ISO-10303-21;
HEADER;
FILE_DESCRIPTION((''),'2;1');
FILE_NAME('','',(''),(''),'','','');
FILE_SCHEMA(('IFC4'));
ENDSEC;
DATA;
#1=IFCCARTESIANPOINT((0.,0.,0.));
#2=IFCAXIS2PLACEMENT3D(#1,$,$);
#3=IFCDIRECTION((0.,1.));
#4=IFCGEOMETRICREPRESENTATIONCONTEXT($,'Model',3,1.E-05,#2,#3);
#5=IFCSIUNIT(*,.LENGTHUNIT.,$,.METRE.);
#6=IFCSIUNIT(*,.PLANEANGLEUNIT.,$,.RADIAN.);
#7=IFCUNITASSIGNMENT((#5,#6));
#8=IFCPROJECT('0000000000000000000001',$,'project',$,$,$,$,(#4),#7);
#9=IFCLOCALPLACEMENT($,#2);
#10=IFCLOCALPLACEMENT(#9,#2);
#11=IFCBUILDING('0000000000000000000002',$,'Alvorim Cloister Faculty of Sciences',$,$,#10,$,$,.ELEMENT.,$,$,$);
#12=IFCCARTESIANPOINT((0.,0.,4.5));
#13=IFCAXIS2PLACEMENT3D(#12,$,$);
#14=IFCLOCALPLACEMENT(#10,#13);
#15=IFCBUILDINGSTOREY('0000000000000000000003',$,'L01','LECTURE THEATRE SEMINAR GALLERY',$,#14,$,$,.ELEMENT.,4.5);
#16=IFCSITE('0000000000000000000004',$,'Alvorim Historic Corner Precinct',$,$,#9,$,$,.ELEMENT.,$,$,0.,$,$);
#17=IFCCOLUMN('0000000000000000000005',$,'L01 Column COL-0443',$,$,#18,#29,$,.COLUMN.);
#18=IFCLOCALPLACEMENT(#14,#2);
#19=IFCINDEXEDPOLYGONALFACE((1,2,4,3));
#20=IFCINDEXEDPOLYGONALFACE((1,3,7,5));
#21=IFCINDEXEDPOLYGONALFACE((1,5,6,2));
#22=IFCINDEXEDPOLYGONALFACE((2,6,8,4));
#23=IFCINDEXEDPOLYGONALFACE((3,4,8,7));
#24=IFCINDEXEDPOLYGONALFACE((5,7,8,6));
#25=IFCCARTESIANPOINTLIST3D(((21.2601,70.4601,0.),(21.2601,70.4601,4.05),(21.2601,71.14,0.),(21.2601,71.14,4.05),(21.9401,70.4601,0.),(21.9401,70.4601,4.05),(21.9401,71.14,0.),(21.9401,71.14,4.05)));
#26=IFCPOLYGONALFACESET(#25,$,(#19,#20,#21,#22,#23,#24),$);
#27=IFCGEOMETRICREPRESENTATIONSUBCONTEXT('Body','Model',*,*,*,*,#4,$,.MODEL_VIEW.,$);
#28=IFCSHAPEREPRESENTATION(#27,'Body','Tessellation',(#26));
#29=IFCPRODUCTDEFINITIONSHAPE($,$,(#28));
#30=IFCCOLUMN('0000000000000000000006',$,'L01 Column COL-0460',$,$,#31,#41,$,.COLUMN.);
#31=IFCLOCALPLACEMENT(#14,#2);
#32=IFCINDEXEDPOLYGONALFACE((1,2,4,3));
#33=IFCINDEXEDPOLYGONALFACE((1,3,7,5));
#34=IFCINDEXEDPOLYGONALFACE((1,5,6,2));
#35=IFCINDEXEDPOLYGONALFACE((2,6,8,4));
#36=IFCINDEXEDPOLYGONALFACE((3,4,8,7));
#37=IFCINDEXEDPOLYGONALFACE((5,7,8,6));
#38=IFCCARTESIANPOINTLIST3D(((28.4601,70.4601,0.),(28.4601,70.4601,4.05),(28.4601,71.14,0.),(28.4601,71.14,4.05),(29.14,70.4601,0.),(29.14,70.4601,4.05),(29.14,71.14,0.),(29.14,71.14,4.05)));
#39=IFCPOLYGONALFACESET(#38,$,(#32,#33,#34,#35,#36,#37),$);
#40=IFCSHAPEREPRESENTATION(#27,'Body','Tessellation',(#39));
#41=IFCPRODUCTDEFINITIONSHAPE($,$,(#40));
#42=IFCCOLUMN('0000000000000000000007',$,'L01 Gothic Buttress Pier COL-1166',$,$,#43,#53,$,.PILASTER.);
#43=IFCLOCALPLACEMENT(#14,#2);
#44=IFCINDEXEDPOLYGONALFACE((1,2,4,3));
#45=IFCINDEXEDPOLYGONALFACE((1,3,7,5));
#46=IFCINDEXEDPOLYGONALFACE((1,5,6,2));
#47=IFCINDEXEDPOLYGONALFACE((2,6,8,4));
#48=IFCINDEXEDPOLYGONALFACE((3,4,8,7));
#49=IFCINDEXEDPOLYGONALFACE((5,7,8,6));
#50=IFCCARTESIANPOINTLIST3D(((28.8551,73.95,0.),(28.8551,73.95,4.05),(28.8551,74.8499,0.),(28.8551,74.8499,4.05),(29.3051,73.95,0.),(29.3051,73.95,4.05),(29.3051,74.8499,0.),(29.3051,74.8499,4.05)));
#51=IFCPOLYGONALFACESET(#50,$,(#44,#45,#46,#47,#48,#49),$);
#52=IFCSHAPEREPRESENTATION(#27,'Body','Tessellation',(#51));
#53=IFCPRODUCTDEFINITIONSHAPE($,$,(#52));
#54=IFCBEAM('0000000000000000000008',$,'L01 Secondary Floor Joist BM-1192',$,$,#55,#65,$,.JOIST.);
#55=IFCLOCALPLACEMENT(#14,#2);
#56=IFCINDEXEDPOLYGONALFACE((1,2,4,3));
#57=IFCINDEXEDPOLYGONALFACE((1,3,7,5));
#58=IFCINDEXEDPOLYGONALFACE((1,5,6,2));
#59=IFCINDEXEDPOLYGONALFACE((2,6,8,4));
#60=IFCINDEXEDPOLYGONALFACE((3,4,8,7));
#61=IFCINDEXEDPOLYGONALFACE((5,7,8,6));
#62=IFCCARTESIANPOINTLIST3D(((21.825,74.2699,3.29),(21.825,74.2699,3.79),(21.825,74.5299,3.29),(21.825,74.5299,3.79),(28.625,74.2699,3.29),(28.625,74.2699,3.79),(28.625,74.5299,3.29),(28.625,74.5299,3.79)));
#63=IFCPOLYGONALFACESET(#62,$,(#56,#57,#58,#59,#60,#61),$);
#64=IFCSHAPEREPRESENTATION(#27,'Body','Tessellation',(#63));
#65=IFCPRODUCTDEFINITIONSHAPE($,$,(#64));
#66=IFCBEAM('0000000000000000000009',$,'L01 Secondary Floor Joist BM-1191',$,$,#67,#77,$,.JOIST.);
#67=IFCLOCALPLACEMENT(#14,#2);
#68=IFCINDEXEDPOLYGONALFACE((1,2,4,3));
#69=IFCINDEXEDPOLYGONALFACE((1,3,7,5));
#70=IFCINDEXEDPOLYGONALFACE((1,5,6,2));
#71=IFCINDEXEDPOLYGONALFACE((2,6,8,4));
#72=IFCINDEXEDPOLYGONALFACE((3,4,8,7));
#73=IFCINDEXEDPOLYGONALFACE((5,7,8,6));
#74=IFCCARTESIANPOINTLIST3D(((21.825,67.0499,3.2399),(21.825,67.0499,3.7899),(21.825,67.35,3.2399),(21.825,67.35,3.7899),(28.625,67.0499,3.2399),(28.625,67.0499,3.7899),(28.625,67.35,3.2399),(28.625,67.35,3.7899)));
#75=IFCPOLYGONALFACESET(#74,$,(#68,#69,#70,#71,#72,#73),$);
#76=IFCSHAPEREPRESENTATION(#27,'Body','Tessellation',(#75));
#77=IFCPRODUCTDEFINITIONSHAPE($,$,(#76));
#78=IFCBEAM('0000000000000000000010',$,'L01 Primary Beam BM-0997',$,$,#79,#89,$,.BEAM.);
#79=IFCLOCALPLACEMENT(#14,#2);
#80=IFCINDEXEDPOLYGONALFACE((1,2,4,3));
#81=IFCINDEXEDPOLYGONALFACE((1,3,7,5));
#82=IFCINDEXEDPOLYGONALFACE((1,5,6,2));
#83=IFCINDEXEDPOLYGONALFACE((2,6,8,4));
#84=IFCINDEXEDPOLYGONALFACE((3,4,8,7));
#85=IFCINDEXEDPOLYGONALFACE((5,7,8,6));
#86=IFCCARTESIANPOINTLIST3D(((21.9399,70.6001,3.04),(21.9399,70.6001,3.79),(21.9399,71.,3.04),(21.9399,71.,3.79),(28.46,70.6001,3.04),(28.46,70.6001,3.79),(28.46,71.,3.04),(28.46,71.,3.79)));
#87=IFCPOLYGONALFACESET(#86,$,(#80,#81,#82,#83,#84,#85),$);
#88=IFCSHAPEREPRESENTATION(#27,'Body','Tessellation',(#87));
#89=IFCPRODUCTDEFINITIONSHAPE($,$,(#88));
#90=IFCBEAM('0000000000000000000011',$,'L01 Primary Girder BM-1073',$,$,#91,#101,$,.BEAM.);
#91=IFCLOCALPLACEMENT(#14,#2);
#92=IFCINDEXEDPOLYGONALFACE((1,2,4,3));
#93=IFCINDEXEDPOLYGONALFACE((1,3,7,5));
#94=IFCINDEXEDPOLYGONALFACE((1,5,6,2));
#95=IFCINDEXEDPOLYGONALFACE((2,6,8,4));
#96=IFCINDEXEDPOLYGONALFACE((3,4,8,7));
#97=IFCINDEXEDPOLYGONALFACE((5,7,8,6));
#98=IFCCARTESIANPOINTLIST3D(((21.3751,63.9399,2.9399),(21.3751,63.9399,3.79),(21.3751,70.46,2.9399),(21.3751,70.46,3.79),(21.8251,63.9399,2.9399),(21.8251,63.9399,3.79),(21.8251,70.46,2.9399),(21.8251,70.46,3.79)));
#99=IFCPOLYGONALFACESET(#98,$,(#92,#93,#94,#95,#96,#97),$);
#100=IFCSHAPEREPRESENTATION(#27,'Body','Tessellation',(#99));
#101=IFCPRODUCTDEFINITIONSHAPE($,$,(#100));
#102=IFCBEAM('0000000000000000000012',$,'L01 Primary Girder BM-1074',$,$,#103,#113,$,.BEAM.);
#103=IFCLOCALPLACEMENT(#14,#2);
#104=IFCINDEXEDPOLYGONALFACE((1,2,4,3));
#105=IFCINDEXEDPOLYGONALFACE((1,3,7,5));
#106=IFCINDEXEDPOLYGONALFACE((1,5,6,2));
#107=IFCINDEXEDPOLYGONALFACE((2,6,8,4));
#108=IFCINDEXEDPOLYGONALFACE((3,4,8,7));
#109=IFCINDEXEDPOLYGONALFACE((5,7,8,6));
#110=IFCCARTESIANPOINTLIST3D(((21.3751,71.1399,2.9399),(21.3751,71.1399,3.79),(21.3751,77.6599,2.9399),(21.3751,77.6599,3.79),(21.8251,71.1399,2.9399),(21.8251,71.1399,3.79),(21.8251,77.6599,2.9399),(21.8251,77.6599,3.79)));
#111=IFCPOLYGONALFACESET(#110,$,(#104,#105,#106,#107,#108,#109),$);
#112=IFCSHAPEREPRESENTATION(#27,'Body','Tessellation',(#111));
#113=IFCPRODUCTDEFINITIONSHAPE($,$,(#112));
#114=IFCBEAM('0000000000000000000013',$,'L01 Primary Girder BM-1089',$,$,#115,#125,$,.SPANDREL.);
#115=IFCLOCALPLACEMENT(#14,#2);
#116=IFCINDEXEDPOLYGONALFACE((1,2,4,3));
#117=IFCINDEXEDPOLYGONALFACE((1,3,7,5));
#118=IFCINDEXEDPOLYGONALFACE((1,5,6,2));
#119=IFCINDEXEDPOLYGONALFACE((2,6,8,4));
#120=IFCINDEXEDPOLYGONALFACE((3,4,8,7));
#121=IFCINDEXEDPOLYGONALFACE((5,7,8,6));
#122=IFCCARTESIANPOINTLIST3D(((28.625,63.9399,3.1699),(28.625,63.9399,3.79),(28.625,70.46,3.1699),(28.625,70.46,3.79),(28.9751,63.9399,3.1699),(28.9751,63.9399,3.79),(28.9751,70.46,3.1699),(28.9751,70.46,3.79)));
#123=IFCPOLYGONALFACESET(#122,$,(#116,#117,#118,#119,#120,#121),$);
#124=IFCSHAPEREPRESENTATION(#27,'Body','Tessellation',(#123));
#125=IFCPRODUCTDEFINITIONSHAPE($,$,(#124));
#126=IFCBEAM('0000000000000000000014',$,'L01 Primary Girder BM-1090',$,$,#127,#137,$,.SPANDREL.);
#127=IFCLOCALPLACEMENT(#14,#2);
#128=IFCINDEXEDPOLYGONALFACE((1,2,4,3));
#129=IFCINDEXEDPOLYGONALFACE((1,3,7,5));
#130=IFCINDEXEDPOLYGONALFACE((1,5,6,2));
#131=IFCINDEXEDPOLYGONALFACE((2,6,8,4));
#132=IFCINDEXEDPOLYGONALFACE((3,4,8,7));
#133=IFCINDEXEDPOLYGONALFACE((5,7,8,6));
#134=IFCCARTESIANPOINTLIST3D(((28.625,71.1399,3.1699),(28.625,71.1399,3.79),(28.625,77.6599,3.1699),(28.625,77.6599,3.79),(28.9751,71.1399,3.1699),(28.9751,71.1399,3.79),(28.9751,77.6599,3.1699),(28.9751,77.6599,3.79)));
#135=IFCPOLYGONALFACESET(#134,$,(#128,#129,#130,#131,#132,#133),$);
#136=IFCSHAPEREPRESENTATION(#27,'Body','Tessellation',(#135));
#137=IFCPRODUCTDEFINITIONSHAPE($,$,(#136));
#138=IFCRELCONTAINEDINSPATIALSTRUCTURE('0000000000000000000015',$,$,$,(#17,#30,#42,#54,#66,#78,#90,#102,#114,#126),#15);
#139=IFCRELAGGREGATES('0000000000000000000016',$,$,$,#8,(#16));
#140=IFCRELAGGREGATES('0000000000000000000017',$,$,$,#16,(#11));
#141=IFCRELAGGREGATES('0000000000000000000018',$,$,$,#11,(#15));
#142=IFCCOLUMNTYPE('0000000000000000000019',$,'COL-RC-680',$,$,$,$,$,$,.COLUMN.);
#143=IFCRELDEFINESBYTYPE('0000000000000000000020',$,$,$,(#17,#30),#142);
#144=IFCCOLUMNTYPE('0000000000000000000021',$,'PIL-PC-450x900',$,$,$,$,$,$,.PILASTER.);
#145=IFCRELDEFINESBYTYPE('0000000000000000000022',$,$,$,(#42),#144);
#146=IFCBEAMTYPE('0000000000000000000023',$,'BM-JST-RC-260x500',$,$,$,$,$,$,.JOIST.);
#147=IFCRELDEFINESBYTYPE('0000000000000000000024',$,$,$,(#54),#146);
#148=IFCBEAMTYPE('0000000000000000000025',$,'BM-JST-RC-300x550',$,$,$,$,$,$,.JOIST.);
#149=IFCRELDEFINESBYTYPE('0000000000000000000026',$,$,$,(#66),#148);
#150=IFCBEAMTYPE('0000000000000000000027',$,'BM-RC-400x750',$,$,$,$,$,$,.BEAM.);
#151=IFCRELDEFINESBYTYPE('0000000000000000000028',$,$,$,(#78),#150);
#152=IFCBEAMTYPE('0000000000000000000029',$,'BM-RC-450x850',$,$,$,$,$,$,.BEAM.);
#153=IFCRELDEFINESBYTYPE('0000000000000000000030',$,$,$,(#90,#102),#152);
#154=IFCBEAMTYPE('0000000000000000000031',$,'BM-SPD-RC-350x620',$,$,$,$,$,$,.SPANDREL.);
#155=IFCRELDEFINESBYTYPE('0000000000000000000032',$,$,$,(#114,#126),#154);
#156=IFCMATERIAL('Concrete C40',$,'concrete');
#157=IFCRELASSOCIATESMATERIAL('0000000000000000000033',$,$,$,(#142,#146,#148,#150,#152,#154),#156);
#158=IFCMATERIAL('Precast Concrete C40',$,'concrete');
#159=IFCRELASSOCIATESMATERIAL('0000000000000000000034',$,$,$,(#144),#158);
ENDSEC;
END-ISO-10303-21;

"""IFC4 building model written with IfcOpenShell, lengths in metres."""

from ifc_helpers import new_model, si_unit, direction, frame, origin, origin_2d, place, context, subcontext, project, spatial, rectangle, extrude, material, material_profile, profile_set, type_object, element, save


model = new_model("IFC4")

# Units and contexts
model_context = context("Model", 3, precision=1e-05, world=origin(), true_north=direction((0.0, 1.0)))
body_context = subcontext(model_context, "Body", "Model", "MODEL_VIEW")
ifc_project = project(units=[si_unit("LENGTHUNIT", "METRE"), si_unit("PLANEANGLEUNIT", "RADIAN")], contexts=[model_context])

# Site, building, storey
site_placement = place(None, origin())
site = spatial("IfcSite", under=ifc_project, at=site_placement, Name="Alvorim Historic Corner Precinct", CompositionType="ELEMENT", RefElevation=0.0)
building_placement = place(site_placement, origin())
building = spatial("IfcBuilding", under=site, at=building_placement, Name="Alvorim Cloister Faculty of Sciences", CompositionType="ELEMENT")
storey_placement = place(building_placement, frame((0.0, 0.0, 4.5)))
storey = spatial("IfcBuildingStorey", under=building, at=storey_placement, Name="L01", Description="LECTURE THEATRE SEMINAR GALLERY", CompositionType="ELEMENT", Elevation=4.5)

# Columns
ifc_material_1 = material(Name="Concrete C40", Category="concrete")
ifc_material_profile_1 = material_profile(ifc_material_1, rectangle(XDim=0.6799, YDim=0.6799, at=origin_2d()), Name="RC40-COL-680x680")
ifc_profile_set_1 = profile_set([ifc_material_profile_1], Name="Concrete C40")
column_type_1 = type_object("IfcColumnType", Name="COL-RC-680", PredefinedType="COLUMN", material=ifc_profile_set_1)
for number, where, z_axis, x_axis, name in (
    (1, (21.6001, 70.8, 0.0), (0.0, 0.0, 1.0), (1.0, 0.0, 0.0), "L01 Column COL-0443"),
    (2, (28.8, 70.8, 0.0), (0.0, 0.0, 1.0), (1.0, 0.0, 0.0), "L01 Column COL-0460"),
):
    element("IfcColumn", number, at=place(storey_placement, frame(where, z_axis=z_axis, x_axis=x_axis)), inside=storey, type_object=column_type_1, Name=name, PredefinedType="COLUMN", context=body_context, shape_type="SweptSolid", body=[
        extrude(rectangle(XDim=0.6799, YDim=0.6799, at=origin_2d()), origin(), (0.0, 0.0, 1.0), 4.05),
    ])
ifc_material_2 = material(Name="Precast Concrete C40", Category="concrete")
ifc_material_profile_2 = material_profile(ifc_material_2, rectangle(XDim=0.45, YDim=0.8999, at=origin_2d()), Name="RC40-PIL-450x900")
ifc_profile_set_2 = profile_set([ifc_material_profile_2], Name="Precast Concrete C40")
column_type_2 = type_object("IfcColumnType", Name="PIL-PC-450x900", PredefinedType="PILASTER", material=ifc_profile_set_2)
column_placement = place(storey_placement, frame((29.0801, 74.3999, 0.0), z_axis=(0.0, 0.0, 1.0), x_axis=(1.0, 0.0, 0.0)))
element("IfcColumn", 3, at=column_placement, inside=storey, type_object=column_type_2, Name="L01 Gothic Buttress Pier COL-1166", PredefinedType="PILASTER", context=body_context, shape_type="SweptSolid", body=[
    extrude(rectangle(XDim=0.45, YDim=0.8999, at=origin_2d()), origin(), (0.0, 0.0, 1.0), 4.05),
])

# Beams
ifc_material_profile_3 = material_profile(ifc_material_1, rectangle(XDim=0.26, YDim=0.5, at=origin_2d()), Name="RC40-JST-260x500")
ifc_profile_set_3 = profile_set([ifc_material_profile_3], Name="Concrete C40")
beam_type_1 = type_object("IfcBeamType", Name="BM-JST-RC-260x500", PredefinedType="JOIST", material=ifc_profile_set_3)
beam_1_placement = place(storey_placement, frame((21.825, 74.3999, 3.54), z_axis=(1.0, 0.0, 0.0), x_axis=(0.0, 1.0, 0.0)))
element("IfcBeam", 4, at=beam_1_placement, inside=storey, type_object=beam_type_1, Name="L01 Secondary Floor Joist BM-1192", PredefinedType="JOIST", context=body_context, shape_type="SweptSolid", body=[
    extrude(rectangle(XDim=0.26, YDim=0.5, at=origin_2d()), origin(), (0.0, 0.0, 1.0), 6.8),
])
ifc_material_profile_4 = material_profile(ifc_material_1, rectangle(XDim=0.3, YDim=0.55, at=origin_2d()), Name="RC40-JST-300x550")
ifc_profile_set_4 = profile_set([ifc_material_profile_4], Name="Concrete C40")
beam_type_2 = type_object("IfcBeamType", Name="BM-JST-RC-300x550", PredefinedType="JOIST", material=ifc_profile_set_4)
beam_2_placement = place(storey_placement, frame((21.825, 67.2, 3.5149), z_axis=(1.0, 0.0, 0.0), x_axis=(0.0, 1.0, 0.0)))
element("IfcBeam", 5, at=beam_2_placement, inside=storey, type_object=beam_type_2, Name="L01 Secondary Floor Joist BM-1191", PredefinedType="JOIST", context=body_context, shape_type="SweptSolid", body=[
    extrude(rectangle(XDim=0.3, YDim=0.55, at=origin_2d()), origin(), (0.0, 0.0, 1.0), 6.8),
])
ifc_material_profile_5 = material_profile(ifc_material_1, rectangle(XDim=0.3999, YDim=0.75, at=origin_2d()), Name="RC40-BM-400x750")
ifc_profile_set_5 = profile_set([ifc_material_profile_5], Name="Concrete C40")
beam_type_3 = type_object("IfcBeamType", Name="BM-RC-400x750", PredefinedType="BEAM", material=ifc_profile_set_5)
beam_3_placement = place(storey_placement, frame((21.9399, 70.8, 3.415), z_axis=(1.0, 0.0, 0.0), x_axis=(0.0, 1.0, 0.0)))
element("IfcBeam", 6, at=beam_3_placement, inside=storey, type_object=beam_type_3, Name="L01 Primary Beam BM-0997", PredefinedType="BEAM", context=body_context, shape_type="SweptSolid", body=[
    extrude(rectangle(XDim=0.3999, YDim=0.75, at=origin_2d()), origin(), (0.0, 0.0, 1.0), 6.52),
])
ifc_material_profile_6 = material_profile(ifc_material_1, rectangle(XDim=0.45, YDim=0.8501, at=origin_2d()), Name="RC40-BM-450x850")
ifc_profile_set_6 = profile_set([ifc_material_profile_6], Name="Concrete C40")
beam_type_4 = type_object("IfcBeamType", Name="BM-RC-450x850", PredefinedType="BEAM", material=ifc_profile_set_6)
for number, where, z_axis, x_axis, name in (
    (7, (21.6001, 63.9399, 3.365), (0.0, 1.0, 0.0), (-1.0, 0.0, 0.0), "L01 Primary Girder BM-1073"),
    (8, (21.6001, 71.1399, 3.365), (0.0, 1.0, 0.0), (-1.0, 0.0, 0.0), "L01 Primary Girder BM-1074"),
):
    element("IfcBeam", number, at=place(storey_placement, frame(where, z_axis=z_axis, x_axis=x_axis)), inside=storey, type_object=beam_type_4, Name=name, PredefinedType="BEAM", context=body_context, shape_type="SweptSolid", body=[
        extrude(rectangle(XDim=0.45, YDim=0.8501, at=origin_2d()), origin(), (0.0, 0.0, 1.0), 6.52),
    ])
ifc_material_profile_7 = material_profile(ifc_material_1, rectangle(XDim=0.3501, YDim=0.6201, at=origin_2d()), Name="RC40-SPD-350x620")
ifc_profile_set_7 = profile_set([ifc_material_profile_7], Name="Concrete C40")
beam_type_5 = type_object("IfcBeamType", Name="BM-SPD-RC-350x620", PredefinedType="SPANDREL", material=ifc_profile_set_7)
for number, where, z_axis, x_axis, name in (
    (9, (28.8, 63.9399, 3.48), (0.0, 1.0, 0.0), (-1.0, 0.0, 0.0), "L01 Primary Girder BM-1089"),
    (10, (28.8, 71.1399, 3.48), (0.0, 1.0, 0.0), (-1.0, 0.0, 0.0), "L01 Primary Girder BM-1090"),
):
    element("IfcBeam", number, at=place(storey_placement, frame(where, z_axis=z_axis, x_axis=x_axis)), inside=storey, type_object=beam_type_5, Name=name, PredefinedType="SPANDREL", context=body_context, shape_type="SweptSolid", body=[
        extrude(rectangle(XDim=0.3501, YDim=0.6201, at=origin_2d()), origin(), (0.0, 0.0, 1.0), 6.52),
    ])

save(model, "model.ifc")
